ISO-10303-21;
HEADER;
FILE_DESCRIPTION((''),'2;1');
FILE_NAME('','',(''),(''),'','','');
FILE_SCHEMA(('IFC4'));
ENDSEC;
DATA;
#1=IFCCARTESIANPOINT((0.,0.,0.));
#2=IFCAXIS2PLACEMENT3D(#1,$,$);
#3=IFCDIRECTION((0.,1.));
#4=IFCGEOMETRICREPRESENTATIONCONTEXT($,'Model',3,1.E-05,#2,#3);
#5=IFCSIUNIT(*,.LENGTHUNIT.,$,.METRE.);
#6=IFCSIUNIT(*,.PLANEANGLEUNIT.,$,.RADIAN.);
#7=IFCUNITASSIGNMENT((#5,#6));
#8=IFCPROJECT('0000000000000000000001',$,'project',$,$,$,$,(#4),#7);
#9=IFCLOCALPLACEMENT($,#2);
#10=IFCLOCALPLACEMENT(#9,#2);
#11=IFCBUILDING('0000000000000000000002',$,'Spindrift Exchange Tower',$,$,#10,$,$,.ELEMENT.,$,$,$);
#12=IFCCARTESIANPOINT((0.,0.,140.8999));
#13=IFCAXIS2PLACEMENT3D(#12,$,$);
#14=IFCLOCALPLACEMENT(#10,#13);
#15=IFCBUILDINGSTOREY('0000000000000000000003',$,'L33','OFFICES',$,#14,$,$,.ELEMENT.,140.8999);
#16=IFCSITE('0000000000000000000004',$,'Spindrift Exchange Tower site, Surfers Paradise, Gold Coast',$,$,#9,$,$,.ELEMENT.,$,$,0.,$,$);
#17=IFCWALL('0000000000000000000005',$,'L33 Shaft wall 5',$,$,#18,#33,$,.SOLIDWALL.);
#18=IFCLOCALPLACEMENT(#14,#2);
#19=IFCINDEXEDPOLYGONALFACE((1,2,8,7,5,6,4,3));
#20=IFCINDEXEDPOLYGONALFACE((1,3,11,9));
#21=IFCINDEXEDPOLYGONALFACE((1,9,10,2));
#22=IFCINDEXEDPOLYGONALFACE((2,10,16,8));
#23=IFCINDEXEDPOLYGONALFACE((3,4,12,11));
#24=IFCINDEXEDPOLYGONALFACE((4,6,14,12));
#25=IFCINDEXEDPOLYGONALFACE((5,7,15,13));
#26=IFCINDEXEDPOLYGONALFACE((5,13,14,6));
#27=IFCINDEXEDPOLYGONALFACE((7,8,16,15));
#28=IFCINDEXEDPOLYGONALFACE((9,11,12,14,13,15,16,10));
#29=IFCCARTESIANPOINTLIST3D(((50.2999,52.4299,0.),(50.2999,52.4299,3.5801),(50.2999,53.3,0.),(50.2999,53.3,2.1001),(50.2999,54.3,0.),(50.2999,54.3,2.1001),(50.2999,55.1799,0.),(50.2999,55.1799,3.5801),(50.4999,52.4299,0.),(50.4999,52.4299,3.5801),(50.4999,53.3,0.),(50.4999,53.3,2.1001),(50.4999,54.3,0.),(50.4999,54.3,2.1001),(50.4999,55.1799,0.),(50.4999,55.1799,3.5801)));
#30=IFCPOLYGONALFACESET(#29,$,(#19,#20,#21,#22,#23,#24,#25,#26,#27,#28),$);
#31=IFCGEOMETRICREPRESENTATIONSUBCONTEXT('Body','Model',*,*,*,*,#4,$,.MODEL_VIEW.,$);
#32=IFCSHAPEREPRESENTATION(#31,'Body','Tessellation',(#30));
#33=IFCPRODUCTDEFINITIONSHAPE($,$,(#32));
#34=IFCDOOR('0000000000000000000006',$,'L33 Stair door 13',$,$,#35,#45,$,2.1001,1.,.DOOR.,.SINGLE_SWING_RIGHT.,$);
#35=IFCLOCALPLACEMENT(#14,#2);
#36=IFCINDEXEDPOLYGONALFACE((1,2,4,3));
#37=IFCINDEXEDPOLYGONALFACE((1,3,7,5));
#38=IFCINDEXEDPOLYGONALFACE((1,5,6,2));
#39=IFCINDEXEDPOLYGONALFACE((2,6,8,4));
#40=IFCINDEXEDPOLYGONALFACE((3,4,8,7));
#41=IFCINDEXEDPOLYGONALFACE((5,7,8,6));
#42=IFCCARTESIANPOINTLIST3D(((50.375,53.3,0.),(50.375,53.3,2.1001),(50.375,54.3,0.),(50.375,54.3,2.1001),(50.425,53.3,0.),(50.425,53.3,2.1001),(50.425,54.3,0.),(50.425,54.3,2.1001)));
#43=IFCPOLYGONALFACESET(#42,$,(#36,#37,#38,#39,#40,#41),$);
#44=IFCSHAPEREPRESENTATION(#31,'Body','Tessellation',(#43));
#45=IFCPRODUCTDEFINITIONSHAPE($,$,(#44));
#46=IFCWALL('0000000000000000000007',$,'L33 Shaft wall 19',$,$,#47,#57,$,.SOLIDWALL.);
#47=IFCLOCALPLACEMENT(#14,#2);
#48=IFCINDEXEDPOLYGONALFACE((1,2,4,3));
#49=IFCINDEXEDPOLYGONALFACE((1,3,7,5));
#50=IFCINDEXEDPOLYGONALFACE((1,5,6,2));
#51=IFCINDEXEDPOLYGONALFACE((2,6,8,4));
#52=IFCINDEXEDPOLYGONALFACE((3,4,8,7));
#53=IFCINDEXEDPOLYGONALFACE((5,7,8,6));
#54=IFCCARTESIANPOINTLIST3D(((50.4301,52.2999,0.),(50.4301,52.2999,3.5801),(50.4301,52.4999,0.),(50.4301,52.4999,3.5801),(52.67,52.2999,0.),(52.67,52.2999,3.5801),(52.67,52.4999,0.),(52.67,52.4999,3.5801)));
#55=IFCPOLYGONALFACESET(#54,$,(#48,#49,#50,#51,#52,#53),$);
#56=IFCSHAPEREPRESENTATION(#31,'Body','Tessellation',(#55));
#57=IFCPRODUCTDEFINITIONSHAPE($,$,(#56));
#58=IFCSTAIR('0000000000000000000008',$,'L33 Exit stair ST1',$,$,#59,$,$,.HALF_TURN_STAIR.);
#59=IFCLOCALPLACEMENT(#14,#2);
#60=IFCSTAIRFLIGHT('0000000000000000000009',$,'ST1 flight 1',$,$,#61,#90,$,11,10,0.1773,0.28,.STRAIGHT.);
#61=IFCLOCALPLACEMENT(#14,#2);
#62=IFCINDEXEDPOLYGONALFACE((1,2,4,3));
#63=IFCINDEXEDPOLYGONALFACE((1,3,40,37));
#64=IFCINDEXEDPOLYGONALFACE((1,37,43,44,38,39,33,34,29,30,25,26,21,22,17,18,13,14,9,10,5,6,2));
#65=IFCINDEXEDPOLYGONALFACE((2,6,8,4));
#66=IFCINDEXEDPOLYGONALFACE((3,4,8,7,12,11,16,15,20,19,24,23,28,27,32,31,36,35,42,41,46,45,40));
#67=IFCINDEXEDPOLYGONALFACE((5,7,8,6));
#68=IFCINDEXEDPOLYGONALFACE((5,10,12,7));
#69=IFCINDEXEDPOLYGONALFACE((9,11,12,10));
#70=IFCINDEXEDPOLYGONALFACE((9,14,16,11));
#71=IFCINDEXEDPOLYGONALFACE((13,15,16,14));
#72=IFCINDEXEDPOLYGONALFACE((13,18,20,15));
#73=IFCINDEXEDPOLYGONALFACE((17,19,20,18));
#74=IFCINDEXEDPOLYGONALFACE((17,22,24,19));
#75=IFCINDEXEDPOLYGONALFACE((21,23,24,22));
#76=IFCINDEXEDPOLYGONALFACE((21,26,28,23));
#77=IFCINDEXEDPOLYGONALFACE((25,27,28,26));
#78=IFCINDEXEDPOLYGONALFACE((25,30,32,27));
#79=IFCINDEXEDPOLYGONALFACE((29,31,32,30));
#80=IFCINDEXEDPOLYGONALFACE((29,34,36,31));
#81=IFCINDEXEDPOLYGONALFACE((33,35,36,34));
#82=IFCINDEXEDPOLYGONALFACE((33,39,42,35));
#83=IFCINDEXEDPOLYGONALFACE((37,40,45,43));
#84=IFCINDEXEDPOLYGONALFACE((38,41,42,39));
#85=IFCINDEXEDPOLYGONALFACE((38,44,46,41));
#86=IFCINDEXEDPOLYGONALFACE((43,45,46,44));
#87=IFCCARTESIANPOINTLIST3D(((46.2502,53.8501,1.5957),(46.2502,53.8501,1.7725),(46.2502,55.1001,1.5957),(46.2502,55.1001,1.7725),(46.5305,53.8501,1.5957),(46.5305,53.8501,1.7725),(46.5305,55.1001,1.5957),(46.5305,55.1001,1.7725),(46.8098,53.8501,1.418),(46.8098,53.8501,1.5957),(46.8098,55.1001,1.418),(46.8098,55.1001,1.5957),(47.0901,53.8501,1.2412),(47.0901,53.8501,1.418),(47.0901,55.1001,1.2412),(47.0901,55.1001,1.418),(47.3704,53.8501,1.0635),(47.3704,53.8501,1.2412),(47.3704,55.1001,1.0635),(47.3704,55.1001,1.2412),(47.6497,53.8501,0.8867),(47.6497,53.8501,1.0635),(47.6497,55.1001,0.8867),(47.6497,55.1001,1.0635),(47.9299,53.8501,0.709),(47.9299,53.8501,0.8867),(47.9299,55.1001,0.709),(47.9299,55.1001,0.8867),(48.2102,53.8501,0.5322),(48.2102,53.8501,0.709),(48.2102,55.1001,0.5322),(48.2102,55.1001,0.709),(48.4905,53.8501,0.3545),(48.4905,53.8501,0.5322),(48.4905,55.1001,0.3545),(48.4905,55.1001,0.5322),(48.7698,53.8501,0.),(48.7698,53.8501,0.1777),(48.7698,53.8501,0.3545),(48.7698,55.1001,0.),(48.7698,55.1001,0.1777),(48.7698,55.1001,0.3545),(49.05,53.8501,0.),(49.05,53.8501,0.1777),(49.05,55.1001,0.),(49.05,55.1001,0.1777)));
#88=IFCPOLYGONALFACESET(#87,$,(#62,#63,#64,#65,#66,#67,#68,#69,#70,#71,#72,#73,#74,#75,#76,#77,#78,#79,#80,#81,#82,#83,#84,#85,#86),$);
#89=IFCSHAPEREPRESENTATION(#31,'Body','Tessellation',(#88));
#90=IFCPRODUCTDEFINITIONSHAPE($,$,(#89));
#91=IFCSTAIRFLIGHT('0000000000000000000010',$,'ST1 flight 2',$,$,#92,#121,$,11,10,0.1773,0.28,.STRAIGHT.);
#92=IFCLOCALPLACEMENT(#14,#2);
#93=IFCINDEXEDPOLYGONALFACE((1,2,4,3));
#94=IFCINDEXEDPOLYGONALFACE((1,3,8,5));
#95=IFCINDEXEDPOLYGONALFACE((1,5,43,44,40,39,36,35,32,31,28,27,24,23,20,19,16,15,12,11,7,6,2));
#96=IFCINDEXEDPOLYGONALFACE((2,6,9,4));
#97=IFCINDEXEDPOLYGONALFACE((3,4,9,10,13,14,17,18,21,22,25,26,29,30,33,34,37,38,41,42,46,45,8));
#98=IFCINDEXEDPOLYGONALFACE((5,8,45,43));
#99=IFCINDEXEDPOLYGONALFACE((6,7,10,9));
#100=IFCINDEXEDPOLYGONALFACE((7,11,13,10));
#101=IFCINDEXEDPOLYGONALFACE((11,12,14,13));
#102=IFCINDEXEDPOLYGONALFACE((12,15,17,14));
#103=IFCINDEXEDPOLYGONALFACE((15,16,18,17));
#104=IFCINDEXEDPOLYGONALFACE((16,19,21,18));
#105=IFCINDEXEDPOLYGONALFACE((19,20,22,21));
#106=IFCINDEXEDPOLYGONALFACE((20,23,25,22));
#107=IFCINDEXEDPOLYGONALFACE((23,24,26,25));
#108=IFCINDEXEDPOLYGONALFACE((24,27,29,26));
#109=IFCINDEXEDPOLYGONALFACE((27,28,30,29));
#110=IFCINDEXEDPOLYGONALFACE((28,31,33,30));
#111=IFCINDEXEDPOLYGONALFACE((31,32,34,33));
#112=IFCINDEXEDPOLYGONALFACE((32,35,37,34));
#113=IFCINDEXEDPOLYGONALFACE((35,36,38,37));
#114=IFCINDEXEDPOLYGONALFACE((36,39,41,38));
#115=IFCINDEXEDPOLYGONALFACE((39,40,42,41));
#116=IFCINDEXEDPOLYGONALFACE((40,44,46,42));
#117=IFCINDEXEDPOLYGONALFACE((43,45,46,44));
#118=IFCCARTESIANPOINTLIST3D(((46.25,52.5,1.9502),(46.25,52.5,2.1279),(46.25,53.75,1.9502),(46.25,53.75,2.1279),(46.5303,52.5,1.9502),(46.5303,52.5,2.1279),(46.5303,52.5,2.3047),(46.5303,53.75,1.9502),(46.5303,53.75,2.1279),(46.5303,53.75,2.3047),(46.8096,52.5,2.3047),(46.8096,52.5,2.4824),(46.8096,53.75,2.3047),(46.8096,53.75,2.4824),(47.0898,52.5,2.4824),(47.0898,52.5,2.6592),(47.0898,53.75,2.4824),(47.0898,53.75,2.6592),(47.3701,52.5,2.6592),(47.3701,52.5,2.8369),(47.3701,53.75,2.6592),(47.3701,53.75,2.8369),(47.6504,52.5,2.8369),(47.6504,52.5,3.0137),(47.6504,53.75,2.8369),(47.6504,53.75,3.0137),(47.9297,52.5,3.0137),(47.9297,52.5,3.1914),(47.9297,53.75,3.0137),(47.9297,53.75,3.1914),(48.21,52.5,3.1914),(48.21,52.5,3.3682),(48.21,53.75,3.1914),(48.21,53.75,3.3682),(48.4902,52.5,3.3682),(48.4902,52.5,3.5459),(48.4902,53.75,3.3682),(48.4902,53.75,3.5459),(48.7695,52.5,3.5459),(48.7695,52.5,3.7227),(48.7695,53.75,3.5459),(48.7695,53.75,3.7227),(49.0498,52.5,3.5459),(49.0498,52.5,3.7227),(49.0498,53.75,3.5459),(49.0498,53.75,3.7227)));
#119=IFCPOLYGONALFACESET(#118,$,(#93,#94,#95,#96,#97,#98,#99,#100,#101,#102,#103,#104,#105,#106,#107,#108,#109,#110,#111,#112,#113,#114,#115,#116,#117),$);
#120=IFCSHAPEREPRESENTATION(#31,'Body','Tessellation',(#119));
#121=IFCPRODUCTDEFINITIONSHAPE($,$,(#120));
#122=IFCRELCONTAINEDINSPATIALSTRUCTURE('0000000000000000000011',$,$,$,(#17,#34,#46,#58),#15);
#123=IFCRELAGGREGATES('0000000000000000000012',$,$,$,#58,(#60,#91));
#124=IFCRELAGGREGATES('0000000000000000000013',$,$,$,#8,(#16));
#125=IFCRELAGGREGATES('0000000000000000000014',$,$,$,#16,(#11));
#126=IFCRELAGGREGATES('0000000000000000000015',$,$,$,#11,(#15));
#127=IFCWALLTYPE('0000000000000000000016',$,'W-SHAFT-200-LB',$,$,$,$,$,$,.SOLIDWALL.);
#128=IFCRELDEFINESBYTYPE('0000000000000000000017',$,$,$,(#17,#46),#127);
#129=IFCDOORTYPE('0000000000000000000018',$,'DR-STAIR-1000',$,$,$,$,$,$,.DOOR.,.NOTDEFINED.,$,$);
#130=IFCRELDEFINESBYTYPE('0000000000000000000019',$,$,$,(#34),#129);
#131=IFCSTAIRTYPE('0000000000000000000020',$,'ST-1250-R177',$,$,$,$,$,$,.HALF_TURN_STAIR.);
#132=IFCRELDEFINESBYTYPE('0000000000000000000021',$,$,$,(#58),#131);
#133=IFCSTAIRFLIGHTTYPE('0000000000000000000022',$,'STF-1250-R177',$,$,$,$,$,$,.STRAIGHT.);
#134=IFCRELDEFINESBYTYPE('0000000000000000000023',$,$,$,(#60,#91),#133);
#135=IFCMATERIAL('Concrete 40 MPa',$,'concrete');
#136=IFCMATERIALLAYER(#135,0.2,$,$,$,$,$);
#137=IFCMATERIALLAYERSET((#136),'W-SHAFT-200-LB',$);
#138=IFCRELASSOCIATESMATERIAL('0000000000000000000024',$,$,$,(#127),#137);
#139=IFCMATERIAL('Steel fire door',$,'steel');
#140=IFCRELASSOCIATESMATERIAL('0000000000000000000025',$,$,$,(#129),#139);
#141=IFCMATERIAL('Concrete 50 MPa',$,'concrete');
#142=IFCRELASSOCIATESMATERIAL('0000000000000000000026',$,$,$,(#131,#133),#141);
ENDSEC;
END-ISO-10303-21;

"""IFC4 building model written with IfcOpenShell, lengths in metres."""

from ifc_helpers import new_model, si_unit, direction, frame, frame_2d, origin, place, context, subcontext, project, spatial, line, indexed_curve, rectangle, outline, extrude, source, transform, mapped, material, layer, layer_set, type_object, element, fill, aggregate, save


model = new_model("IFC4")

# Units and contexts
model_context = context("Model", 3, precision=1e-05, world=origin(), true_north=direction((0.0, 1.0)))
body_context = subcontext(model_context, "Body", "Model", "MODEL_VIEW")
ifc_project = project(units=[si_unit("LENGTHUNIT", "METRE"), si_unit("PLANEANGLEUNIT", "RADIAN")], contexts=[model_context])

# Site, building, storey
site_placement = place(None, origin())
site = spatial("IfcSite", under=ifc_project, at=site_placement, Name="Spindrift Exchange Tower site, Surfers Paradise, Gold Coast", CompositionType="ELEMENT", RefElevation=0.0)
building_placement = place(site_placement, origin())
building = spatial("IfcBuilding", under=site, at=building_placement, Name="Spindrift Exchange Tower", CompositionType="ELEMENT")
storey_placement = place(building_placement, frame((0.0, 0.0, 140.8999)))
storey = spatial("IfcBuildingStorey", under=building, at=storey_placement, Name="L33", Description="OFFICES", CompositionType="ELEMENT", Elevation=140.8999)

# Shared definitions
ifc_material_1 = material(Name="Concrete 40 MPa", Category="concrete")
ifc_layer_1 = layer(ifc_material_1, 0.2)
ifc_layer_set_1 = layer_set([ifc_layer_1], Name="W-SHAFT-200-LB")
wall_type_1 = type_object("IfcWallType", Name="W-SHAFT-200-LB", PredefinedType="SOLIDWALL", material=ifc_layer_set_1)

# Wall, opening, door
wall_1_placement = place(storey_placement, frame((50.3999, 52.4299, 0.0), z_axis=(0.0, 0.0, 1.0), x_axis=(0.0, 1.0, 0.0)))
wall_1 = element("IfcWall", 1, at=wall_1_placement, inside=storey, type_object=wall_type_1, Name="L33 Shaft wall 5", PredefinedType="SOLIDWALL", context=body_context, shape_type="SweptSolid", body=[
    extrude(rectangle(XDim=2.75, YDim=0.2, at=frame_2d((1.375, 0.0))), origin(), (0.0, 0.0, 1.0), 3.5801),
])
opening_1_placement = place(wall_1_placement, frame((0.8701, 0.0, 0.0)))
opening_1 = element("IfcOpeningElement", 2, at=opening_1_placement, cuts=wall_1, PredefinedType="OPENING", context=body_context, shape_type="SweptSolid", body=[
    extrude(rectangle(XDim=1.0, YDim=2.1001, at=frame_2d((0.5, 1.05))), frame((0.0, 0.1099, 0.0), z_axis=(0.0, -1.0, 0.0), x_axis=(1.0, 0.0, 0.0)), (0.0, 0.0, 1.0), 0.22),
])
ifc_material_2 = material(Name="Steel fire door", Category="steel")
door_type_1 = type_object("IfcDoorType", Name="DR-STAIR-1000", OperationType="NOTDEFINED", PredefinedType="DOOR", material=ifc_material_2)
shared_shape_1 = source(origin(), body_context, "Body", "SweptSolid", [
    extrude(rectangle(XDim=1.0, YDim=2.1001, at=frame_2d((0.5, 1.05))), frame((0.0, 0.0249, 0.0), z_axis=(0.0, -1.0, 0.0), x_axis=(1.0, 0.0, 0.0)), (0.0, 0.0, 1.0), 0.05),
])
door_1_placement = place(opening_1_placement, origin())
door_1 = element("IfcDoor", 3, at=door_1_placement, inside=storey, type_object=door_type_1, Name="L33 Stair door 13", OperationType="SINGLE_SWING_RIGHT", OverallHeight=2.1001, OverallWidth=1.0, PredefinedType="DOOR", context=body_context, shape_type="MappedRepresentation", body=[
    mapped(shared_shape_1, transform((0.0, 0.0, 0.0), scale=1.0)),
])
fill(opening_1, door_1)

# Wall
wall_2_placement = place(storey_placement, frame((50.4299, 52.3999, 0.0), z_axis=(0.0, 0.0, 1.0), x_axis=(1.0, 0.0, 0.0)))
element("IfcWall", 4, at=wall_2_placement, inside=storey, type_object=wall_type_1, Name="L33 Shaft wall 19", PredefinedType="SOLIDWALL", context=body_context, shape_type="SweptSolid", body=[
    extrude(rectangle(XDim=2.24, YDim=0.2, at=frame_2d((1.1201, 0.0))), origin(), (0.0, 0.0, 1.0), 3.5801),
])

# Stair, stair flights
ifc_material_3 = material(Name="Concrete 50 MPa", Category="concrete")
stair_type = type_object("IfcStairType", Name="ST-1250-R177", PredefinedType="HALF_TURN_STAIR", material=ifc_material_3)
stair_placement = place(storey_placement, origin())
stair = element("IfcStair", 5, at=stair_placement, inside=storey, type_object=stair_type, Name="L33 Exit stair ST1", PredefinedType="HALF_TURN_STAIR")
stair_flight_type = type_object("IfcStairFlightType", Name="STF-1250-R177", PredefinedType="STRAIGHT", material=ifc_material_3)
stair_flight_1_placement = place(storey_placement, frame((49.05, 54.4751, 0.0), z_axis=(0.0, 0.0, 1.0), x_axis=(-1.0, 0.0, 0.0)))
stair_flight_1 = element("IfcStairFlight", 6, at=stair_flight_1_placement, type_object=stair_flight_type, Name="ST1 flight 1", NumberOfRisers=11, NumberOfTreads=10, PredefinedType="STRAIGHT", RiserHeight=0.1773, TreadLength=0.28, context=body_context, shape_type="SweptSolid", body=[
    extrude(outline(indexed_curve([(0.0, 0.0), (0.0, 0.1777), (0.2803, 0.1777), (0.2803, 0.3545), (0.5596, 0.3545), (0.5596, 0.5322), (0.8398, 0.5322), (0.8398, 0.709), (1.1201, 0.709), (1.1201, 0.8867), (1.4004, 0.8867), (1.4004, 1.0635), (1.6797, 1.0635), (1.6797, 1.2412), (1.96, 1.2412), (1.96, 1.418), (2.2402, 1.418), (2.2402, 1.5957), (2.5195, 1.5957), (2.5195, 1.7725), (2.7998, 1.7725), (2.7998, 1.9502), (2.7998, 1.5957), (0.2803, 0.0)], segments=[line(1, 2, 3, 4, 5, 6, 7, 8, 9, 10, 11, 12, 13, 14, 15, 16, 17, 18, 19, 20, 21, 22, 23, 24, 1)], self_intersect=False)), frame((0.0, 0.625, 0.0), z_axis=(0.0, -1.0, 0.0), x_axis=(1.0, 0.0, 0.0)), (0.0, 0.0, 1.0), 1.25),
])
stair_flight_2_placement = place(storey_placement, frame((46.25, 53.125, 1.9502), z_axis=(0.0, 0.0, 1.0), x_axis=(1.0, 0.0, 0.0)))
stair_flight_2 = element("IfcStairFlight", 7, at=stair_flight_2_placement, type_object=stair_flight_type, Name="ST1 flight 2", NumberOfRisers=11, NumberOfTreads=10, PredefinedType="STRAIGHT", RiserHeight=0.1773, TreadLength=0.28, context=body_context, shape_type="SweptSolid", body=[
    extrude(outline(indexed_curve([(0.0, 0.0), (0.0, 0.1777), (0.2803, 0.1777), (0.2803, 0.3545), (0.5596, 0.3545), (0.5596, 0.5322), (0.8398, 0.5322), (0.8398, 0.709), (1.1201, 0.709), (1.1201, 0.8867), (1.4004, 0.8867), (1.4004, 1.0635), (1.6797, 1.0635), (1.6797, 1.2412), (1.96, 1.2412), (1.96, 1.418), (2.2402, 1.418), (2.2402, 1.5957), (2.5195, 1.5957), (2.5195, 1.7725), (2.7998, 1.7725), (2.7998, 1.9502), (2.7998, 1.5957), (0.2803, 0.0)], segments=[line(1, 2, 3, 4, 5, 6, 7, 8, 9, 10, 11, 12, 13, 14, 15, 16, 17, 18, 19, 20, 21, 22, 23, 24, 1)], self_intersect=False)), frame((0.0, 0.625, 0.0), z_axis=(0.0, -1.0, 0.0), x_axis=(1.0, 0.0, 0.0)), (0.0, 0.0, 1.0), 1.25),
])
aggregate(stair, [stair_flight_1, stair_flight_2])

save(model, "model.ifc")
